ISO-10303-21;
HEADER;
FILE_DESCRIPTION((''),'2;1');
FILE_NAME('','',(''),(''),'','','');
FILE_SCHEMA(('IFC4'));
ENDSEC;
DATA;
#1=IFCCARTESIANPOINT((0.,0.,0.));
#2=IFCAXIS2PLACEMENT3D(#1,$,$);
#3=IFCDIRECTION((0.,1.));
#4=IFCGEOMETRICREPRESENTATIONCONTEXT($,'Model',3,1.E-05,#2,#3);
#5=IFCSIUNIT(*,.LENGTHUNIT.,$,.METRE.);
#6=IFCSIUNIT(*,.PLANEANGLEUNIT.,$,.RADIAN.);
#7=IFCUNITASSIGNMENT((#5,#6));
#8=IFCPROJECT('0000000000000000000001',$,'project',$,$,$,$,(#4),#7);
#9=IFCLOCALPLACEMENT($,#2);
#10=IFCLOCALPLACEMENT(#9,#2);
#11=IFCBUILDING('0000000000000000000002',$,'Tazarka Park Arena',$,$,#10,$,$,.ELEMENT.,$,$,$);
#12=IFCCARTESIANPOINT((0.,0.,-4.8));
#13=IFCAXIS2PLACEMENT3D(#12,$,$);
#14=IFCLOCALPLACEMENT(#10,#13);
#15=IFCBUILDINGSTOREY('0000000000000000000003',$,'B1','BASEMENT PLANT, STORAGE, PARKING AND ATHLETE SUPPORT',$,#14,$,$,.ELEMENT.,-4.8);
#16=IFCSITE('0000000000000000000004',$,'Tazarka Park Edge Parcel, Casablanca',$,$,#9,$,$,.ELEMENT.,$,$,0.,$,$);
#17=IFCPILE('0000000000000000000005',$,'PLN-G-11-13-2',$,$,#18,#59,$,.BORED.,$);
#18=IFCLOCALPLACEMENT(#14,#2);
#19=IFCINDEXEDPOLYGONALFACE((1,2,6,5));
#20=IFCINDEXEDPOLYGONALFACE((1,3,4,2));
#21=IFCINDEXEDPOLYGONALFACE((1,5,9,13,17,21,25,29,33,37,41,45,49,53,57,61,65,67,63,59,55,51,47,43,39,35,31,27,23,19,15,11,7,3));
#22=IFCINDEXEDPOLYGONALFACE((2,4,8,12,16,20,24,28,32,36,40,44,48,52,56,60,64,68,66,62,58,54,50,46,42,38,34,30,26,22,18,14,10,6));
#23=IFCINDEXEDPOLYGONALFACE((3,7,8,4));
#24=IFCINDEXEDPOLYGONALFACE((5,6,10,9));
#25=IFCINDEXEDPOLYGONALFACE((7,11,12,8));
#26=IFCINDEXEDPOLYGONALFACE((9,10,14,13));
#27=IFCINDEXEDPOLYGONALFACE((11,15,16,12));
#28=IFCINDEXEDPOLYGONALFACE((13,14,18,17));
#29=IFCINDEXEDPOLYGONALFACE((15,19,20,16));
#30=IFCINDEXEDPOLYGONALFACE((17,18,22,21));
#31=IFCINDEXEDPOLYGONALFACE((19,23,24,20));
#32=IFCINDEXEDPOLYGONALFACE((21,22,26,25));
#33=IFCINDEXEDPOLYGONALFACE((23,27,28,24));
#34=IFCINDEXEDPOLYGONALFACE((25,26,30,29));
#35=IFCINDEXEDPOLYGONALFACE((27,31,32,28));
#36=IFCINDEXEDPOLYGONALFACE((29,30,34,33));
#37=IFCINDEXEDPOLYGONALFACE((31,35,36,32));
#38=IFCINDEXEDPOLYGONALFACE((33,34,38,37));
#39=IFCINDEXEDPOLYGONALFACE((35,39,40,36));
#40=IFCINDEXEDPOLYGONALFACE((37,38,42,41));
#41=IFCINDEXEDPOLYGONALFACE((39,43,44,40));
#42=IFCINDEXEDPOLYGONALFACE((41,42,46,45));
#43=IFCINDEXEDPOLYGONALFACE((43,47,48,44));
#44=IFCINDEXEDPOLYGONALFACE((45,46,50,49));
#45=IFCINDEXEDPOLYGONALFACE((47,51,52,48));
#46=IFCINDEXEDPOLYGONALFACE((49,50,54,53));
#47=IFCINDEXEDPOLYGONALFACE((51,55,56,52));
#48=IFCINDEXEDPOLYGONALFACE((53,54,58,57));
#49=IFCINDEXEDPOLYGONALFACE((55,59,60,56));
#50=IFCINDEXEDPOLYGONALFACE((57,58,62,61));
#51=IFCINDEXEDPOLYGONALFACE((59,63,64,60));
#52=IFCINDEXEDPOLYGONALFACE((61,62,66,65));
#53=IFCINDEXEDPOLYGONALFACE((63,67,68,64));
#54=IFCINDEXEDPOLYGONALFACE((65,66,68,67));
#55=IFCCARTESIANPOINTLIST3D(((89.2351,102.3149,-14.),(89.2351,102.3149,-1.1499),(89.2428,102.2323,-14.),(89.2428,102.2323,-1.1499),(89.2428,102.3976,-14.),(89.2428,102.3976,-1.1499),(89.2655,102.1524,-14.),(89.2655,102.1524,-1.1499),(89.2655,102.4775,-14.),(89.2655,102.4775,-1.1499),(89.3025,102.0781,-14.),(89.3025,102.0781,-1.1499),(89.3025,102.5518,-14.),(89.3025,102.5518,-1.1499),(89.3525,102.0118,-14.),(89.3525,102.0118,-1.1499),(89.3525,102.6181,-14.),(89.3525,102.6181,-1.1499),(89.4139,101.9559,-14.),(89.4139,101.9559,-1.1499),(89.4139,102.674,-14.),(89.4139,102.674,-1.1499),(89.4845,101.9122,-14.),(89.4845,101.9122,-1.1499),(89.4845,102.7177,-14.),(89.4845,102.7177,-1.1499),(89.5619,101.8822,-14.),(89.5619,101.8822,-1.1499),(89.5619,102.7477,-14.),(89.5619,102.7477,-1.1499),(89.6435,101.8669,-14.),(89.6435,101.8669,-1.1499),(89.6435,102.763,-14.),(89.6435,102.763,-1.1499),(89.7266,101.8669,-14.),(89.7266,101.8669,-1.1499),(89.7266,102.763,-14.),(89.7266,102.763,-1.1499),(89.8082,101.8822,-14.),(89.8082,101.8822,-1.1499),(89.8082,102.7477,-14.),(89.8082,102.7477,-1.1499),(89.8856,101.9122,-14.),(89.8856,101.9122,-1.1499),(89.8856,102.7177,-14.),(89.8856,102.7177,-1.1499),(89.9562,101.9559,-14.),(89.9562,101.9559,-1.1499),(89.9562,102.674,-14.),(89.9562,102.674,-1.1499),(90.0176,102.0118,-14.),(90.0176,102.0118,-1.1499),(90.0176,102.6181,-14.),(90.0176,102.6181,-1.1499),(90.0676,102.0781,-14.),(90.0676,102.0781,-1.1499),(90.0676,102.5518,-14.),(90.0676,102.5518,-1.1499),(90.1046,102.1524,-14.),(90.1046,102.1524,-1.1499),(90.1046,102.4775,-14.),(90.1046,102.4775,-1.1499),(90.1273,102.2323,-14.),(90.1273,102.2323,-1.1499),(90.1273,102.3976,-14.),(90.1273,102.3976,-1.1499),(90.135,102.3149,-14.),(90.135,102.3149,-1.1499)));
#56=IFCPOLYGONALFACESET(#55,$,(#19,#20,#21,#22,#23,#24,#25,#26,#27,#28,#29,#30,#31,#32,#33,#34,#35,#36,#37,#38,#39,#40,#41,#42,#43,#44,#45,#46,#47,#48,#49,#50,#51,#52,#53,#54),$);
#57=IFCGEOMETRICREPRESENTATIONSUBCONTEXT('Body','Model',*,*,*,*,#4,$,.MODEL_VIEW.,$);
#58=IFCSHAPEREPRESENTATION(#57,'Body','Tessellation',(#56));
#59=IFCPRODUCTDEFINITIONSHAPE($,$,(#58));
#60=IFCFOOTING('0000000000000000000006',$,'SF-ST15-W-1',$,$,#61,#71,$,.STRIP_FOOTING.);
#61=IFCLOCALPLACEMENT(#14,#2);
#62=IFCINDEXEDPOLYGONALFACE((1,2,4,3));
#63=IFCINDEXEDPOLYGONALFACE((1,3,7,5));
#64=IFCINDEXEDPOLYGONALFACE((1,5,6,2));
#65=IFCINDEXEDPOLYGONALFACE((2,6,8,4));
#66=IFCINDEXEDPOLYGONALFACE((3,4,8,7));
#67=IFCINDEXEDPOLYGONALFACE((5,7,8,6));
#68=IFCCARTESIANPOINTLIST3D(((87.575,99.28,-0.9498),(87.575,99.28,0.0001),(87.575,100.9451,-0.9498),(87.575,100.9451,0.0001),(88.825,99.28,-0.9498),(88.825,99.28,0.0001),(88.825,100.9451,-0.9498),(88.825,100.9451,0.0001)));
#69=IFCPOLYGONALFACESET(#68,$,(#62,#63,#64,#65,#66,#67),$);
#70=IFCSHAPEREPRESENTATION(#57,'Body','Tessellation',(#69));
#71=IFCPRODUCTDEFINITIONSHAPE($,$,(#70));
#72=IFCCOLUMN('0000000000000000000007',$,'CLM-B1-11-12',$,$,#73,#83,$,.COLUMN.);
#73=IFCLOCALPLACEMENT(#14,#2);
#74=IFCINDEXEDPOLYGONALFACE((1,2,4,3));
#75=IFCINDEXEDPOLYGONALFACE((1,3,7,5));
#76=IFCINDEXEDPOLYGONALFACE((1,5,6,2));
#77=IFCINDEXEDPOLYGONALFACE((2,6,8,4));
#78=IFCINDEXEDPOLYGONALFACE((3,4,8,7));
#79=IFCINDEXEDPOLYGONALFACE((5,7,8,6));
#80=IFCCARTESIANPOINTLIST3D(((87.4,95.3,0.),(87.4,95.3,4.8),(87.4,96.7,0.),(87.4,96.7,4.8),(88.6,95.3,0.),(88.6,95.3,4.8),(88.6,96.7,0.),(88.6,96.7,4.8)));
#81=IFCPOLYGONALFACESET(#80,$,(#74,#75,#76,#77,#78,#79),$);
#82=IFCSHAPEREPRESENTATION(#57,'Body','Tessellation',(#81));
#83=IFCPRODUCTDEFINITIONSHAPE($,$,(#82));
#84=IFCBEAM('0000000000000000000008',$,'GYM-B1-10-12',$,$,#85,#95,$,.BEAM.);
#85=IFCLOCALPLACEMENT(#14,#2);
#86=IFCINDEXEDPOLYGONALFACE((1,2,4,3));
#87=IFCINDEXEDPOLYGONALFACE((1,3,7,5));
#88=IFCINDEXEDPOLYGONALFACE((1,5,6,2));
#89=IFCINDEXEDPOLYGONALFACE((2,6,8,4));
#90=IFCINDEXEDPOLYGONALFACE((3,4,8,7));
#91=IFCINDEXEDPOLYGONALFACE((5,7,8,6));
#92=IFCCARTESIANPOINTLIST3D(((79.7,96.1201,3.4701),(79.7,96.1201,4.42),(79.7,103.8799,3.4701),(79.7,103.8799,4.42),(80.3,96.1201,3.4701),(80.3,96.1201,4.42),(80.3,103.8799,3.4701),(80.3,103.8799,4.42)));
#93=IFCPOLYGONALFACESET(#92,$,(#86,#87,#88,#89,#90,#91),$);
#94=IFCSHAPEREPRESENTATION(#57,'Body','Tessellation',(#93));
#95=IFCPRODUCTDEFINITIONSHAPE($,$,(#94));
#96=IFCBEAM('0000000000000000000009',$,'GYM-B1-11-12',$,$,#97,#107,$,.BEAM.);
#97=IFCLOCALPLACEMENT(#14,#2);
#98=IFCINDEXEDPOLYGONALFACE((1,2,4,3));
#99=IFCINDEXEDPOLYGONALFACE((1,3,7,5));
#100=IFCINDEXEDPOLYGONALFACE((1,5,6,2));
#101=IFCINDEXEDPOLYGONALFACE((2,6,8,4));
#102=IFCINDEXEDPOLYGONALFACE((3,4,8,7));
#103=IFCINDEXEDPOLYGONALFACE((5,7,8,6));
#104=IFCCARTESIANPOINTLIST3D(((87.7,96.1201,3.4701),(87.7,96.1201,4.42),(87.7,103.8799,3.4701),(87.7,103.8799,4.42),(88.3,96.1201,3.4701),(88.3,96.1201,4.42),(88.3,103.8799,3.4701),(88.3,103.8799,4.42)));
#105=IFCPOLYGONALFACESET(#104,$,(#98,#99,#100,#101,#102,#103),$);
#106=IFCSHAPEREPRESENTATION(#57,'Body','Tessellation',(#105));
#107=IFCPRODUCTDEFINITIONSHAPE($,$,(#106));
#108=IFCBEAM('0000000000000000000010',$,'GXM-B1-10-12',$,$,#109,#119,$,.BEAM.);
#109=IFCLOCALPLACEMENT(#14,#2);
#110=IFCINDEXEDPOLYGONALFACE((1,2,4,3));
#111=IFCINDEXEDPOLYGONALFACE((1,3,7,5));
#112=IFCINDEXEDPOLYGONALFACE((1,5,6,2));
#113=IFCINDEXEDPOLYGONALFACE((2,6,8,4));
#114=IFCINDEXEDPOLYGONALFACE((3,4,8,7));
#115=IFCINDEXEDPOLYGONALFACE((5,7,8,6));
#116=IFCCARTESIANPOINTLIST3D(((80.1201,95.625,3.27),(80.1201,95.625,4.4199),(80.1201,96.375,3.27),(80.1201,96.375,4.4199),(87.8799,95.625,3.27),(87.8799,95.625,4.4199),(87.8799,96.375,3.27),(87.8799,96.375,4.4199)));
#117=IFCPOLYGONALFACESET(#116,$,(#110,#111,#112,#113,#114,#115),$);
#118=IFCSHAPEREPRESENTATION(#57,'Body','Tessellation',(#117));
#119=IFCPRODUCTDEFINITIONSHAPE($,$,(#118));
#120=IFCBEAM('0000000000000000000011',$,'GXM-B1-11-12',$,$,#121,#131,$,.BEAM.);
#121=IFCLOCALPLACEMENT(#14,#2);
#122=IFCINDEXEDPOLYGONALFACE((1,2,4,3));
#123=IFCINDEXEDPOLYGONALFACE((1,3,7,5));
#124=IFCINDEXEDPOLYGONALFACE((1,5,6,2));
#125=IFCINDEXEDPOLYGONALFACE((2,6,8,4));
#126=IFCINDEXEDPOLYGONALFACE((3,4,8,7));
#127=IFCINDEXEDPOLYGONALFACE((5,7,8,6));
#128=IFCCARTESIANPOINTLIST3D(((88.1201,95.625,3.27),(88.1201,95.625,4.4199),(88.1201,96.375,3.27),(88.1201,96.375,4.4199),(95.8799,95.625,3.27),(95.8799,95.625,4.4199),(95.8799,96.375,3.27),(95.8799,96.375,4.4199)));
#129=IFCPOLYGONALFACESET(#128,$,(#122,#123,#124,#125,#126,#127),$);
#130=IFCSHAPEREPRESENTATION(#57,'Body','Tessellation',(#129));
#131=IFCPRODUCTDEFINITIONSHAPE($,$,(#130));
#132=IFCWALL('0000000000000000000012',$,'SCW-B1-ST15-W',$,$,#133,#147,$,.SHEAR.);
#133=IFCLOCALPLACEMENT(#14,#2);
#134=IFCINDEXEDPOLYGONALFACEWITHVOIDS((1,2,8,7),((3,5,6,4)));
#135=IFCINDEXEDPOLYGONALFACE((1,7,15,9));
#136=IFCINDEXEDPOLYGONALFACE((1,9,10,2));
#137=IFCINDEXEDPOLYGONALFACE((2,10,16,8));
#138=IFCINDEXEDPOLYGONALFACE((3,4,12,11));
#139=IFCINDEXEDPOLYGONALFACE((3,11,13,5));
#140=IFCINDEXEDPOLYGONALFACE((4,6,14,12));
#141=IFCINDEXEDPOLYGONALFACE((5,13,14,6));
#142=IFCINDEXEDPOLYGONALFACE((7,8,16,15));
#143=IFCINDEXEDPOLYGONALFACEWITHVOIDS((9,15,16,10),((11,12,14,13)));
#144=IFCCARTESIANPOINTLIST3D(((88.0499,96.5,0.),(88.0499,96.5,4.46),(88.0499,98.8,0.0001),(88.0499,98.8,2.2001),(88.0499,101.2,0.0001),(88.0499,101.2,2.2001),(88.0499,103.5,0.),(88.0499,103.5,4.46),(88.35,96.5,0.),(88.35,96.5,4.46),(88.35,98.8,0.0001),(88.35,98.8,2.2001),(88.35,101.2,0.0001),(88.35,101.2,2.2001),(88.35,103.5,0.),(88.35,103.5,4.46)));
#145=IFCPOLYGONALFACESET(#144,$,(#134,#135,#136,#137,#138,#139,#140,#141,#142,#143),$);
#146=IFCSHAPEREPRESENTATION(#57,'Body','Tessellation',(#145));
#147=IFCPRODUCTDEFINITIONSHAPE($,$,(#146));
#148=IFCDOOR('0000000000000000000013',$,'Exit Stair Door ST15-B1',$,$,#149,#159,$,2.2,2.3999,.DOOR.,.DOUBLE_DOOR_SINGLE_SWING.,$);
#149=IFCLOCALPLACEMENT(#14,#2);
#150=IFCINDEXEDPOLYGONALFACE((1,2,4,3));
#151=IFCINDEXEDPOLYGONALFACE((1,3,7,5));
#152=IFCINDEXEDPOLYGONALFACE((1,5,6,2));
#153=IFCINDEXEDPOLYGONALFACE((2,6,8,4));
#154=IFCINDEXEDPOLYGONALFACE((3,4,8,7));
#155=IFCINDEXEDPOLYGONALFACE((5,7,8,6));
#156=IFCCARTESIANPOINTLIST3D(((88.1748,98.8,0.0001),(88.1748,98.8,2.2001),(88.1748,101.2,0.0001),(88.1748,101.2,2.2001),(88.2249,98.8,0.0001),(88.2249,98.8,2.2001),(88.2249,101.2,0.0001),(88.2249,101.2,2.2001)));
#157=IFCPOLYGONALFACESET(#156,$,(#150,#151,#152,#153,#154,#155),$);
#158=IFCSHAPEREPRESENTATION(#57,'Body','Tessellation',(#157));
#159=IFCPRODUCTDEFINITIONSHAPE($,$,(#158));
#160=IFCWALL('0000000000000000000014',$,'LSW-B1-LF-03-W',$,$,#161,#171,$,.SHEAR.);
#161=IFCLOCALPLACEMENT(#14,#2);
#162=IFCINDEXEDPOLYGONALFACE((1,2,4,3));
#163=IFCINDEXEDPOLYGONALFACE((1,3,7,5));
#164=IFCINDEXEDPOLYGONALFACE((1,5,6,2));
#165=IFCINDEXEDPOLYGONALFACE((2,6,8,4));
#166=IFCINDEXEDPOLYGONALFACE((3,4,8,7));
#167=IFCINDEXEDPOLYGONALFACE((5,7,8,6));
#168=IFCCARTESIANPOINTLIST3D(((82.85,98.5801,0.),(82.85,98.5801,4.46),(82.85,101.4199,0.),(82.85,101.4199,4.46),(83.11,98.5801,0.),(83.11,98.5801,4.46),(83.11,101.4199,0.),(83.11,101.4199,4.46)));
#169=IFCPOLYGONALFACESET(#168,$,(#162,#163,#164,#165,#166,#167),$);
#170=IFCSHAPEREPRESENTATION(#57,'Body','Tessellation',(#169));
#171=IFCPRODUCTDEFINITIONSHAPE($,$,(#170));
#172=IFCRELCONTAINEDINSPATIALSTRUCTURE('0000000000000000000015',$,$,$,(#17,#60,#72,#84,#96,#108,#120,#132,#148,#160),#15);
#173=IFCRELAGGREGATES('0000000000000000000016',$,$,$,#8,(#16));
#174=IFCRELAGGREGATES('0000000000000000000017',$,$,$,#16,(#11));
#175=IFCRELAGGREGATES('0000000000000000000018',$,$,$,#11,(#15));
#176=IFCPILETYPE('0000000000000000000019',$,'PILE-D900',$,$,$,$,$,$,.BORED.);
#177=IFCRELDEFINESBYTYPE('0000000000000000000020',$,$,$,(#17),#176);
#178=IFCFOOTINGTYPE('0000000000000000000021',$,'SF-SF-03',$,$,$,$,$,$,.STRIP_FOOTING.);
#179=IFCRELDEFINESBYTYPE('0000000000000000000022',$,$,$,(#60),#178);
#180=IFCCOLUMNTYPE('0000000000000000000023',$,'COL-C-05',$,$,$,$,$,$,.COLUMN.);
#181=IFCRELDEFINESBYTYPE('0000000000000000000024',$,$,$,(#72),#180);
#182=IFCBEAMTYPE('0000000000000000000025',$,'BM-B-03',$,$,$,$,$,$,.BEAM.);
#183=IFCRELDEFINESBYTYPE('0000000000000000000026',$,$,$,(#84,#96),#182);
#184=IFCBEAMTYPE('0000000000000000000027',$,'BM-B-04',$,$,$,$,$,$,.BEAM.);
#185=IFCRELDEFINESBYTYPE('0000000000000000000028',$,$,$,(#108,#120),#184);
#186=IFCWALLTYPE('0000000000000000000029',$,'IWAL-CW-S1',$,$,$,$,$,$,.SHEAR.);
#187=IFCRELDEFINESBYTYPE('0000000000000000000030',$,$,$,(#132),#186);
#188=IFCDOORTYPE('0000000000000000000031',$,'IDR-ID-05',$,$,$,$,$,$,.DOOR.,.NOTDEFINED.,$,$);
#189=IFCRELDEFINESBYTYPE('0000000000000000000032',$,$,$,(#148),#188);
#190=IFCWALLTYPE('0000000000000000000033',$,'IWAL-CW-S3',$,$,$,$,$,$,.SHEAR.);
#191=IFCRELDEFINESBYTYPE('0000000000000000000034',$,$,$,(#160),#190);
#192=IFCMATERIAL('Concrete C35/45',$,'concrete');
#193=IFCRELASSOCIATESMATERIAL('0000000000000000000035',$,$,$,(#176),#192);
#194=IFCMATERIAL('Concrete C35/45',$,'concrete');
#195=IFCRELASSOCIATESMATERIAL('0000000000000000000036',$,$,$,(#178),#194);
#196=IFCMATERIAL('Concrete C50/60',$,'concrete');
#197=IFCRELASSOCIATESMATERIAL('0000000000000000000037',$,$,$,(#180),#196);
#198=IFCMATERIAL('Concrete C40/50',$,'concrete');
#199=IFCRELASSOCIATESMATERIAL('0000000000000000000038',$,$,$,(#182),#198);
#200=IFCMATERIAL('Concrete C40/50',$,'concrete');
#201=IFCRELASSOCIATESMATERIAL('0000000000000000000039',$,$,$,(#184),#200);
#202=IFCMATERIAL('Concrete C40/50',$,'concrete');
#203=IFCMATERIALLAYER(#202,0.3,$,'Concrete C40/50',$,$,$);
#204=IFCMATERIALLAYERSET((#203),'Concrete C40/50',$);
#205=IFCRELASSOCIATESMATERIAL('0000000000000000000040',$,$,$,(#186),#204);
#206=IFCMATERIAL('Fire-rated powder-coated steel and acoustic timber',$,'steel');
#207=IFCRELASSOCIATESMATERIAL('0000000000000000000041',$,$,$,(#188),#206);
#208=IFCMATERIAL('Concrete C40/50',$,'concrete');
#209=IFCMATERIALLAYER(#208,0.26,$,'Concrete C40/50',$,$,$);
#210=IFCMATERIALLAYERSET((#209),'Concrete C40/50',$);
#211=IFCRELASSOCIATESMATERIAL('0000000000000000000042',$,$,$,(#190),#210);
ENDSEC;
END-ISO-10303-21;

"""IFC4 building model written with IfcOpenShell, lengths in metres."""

from ifc_helpers import new_model, si_unit, direction, frame, frame_2d, origin, origin_2d, place, context, subcontext, project, spatial, rectangle, circle, extrude, material, layer, layer_set, material_profile, profile_set, type_object, element, fill, save


model = new_model("IFC4")

# Units and contexts
model_context = context("Model", 3, precision=1e-05, world=origin(), true_north=direction((0.0, 1.0)))
body_context = subcontext(model_context, "Body", "Model", "MODEL_VIEW")
ifc_project = project(units=[si_unit("LENGTHUNIT", "METRE"), si_unit("PLANEANGLEUNIT", "RADIAN")], contexts=[model_context])

# Site, building, storey
site_placement = place(None, origin())
site = spatial("IfcSite", under=ifc_project, at=site_placement, Name="Tazarka Park Edge Parcel, Casablanca", CompositionType="ELEMENT", RefElevation=0.0)
building_placement = place(site_placement, origin())
building = spatial("IfcBuilding", under=site, at=building_placement, Name="Tazarka Park Arena", CompositionType="ELEMENT")
storey_placement = place(building_placement, frame((0.0, 0.0, -4.8)))
storey = spatial("IfcBuildingStorey", under=building, at=storey_placement, Name="B1", Description="BASEMENT PLANT, STORAGE, PARKING AND ATHLETE SUPPORT", CompositionType="ELEMENT", Elevation=-4.8)

# Pile
ifc_material_1 = material(Name="Concrete C35/45", Category="concrete")
ifc_material_profile_1 = material_profile(ifc_material_1, circle(Radius=0.45, at=origin_2d()), Name="Concrete C35/45")
ifc_profile_set_1 = profile_set([ifc_material_profile_1], Name="Concrete C35/45")
pile_type_1 = type_object("IfcPileType", Name="PILE-D900", PredefinedType="BORED", material=ifc_profile_set_1)
for number, where, z_axis, x_axis, name in (
    (1, (89.6851, 102.3149, -1.1499), (0.0, 0.0, -1.0), (1.0, 0.0, 0.0), "PLN-G-11-13-2"),
):
    element("IfcPile", number, at=place(storey_placement, frame(where, z_axis=z_axis, x_axis=x_axis)), inside=storey, type_object=pile_type_1, Name=name, PredefinedType="BORED", context=body_context, shape_type="SweptSolid", body=[
        extrude(circle(Radius=0.45, at=origin_2d()), origin(), (0.0, 0.0, 1.0), 12.8501),
    ])

# Footing
ifc_material_2 = material(Name="Concrete C35/45", Category="concrete")
ifc_material_profile_2 = material_profile(ifc_material_2, rectangle(XDim=1.25, YDim=0.95, at=origin_2d()), Name="Concrete C35/45")
ifc_profile_set_2 = profile_set([ifc_material_profile_2], Name="Concrete C35/45")
footing_type_1 = type_object("IfcFootingType", Name="SF-SF-03", PredefinedType="STRIP_FOOTING", material=ifc_profile_set_2)
footing_1_placement = place(storey_placement, frame((88.2, 99.28, -0.4749), z_axis=(0.0, 1.0, 0.0), x_axis=(-1.0, 0.0, 0.0)))
element("IfcFooting", 2, at=footing_1_placement, inside=storey, type_object=footing_type_1, Name="SF-ST15-W-1", PredefinedType="STRIP_FOOTING", context=body_context, shape_type="SweptSolid", body=[
    extrude(rectangle(XDim=1.25, YDim=0.95, at=origin_2d()), origin(), (0.0, 0.0, 1.0), 1.665),
])

# Column
ifc_material_3 = material(Name="Concrete C50/60", Category="concrete")
ifc_material_profile_3 = material_profile(ifc_material_3, rectangle(XDim=1.2, YDim=1.3999, at=origin_2d()), Name="Concrete C50/60")
ifc_profile_set_3 = profile_set([ifc_material_profile_3], Name="Concrete C50/60")
column_type = type_object("IfcColumnType", Name="COL-C-05", PredefinedType="COLUMN", material=ifc_profile_set_3)
column_placement = place(storey_placement, frame((88.0, 96.0, 0.0), z_axis=(0.0, 0.0, 1.0), x_axis=(1.0, 0.0, 0.0)))
element("IfcColumn", 3, at=column_placement, inside=storey, type_object=column_type, Name="CLM-B1-11-12", PredefinedType="COLUMN", context=body_context, shape_type="SweptSolid", body=[
    extrude(rectangle(XDim=1.2, YDim=1.3999, at=origin_2d()), origin(), (0.0, 0.0, 1.0), 4.8),
])

# Beams
ifc_material_4 = material(Name="Concrete C40/50", Category="concrete")
ifc_material_profile_4 = material_profile(ifc_material_4, rectangle(XDim=0.6001, YDim=0.95, at=origin_2d()), Name="Concrete C40/50")
ifc_profile_set_4 = profile_set([ifc_material_profile_4], Name="Concrete C40/50")
beam_type_1 = type_object("IfcBeamType", Name="BM-B-03", PredefinedType="BEAM", material=ifc_profile_set_4)
for number, where, z_axis, x_axis, name in (
    (4, (80.0, 96.1201, 3.9451), (0.0, 1.0, 0.0), (-1.0, 0.0, 0.0), "GYM-B1-10-12"),
    (5, (88.0, 96.1201, 3.9451), (0.0, 1.0, 0.0), (-1.0, 0.0, 0.0), "GYM-B1-11-12"),
):
    element("IfcBeam", number, at=place(storey_placement, frame(where, z_axis=z_axis, x_axis=x_axis)), inside=storey, type_object=beam_type_1, Name=name, PredefinedType="BEAM", context=body_context, shape_type="SweptSolid", body=[
        extrude(rectangle(XDim=0.6001, YDim=0.95, at=origin_2d()), origin(), (0.0, 0.0, 1.0), 7.7598),
    ])
ifc_material_5 = material(Name="Concrete C40/50", Category="concrete")
ifc_material_profile_5 = material_profile(ifc_material_5, rectangle(XDim=0.75, YDim=1.1499, at=origin_2d()), Name="Concrete C40/50")
ifc_profile_set_5 = profile_set([ifc_material_profile_5], Name="Concrete C40/50")
beam_type_2 = type_object("IfcBeamType", Name="BM-B-04", PredefinedType="BEAM", material=ifc_profile_set_5)
for number, where, z_axis, x_axis, name in (
    (6, (80.1201, 96.0, 3.845), (1.0, 0.0, 0.0), (0.0, 1.0, 0.0), "GXM-B1-10-12"),
    (7, (88.1201, 96.0, 3.845), (1.0, 0.0, 0.0), (0.0, 1.0, 0.0), "GXM-B1-11-12"),
):
    element("IfcBeam", number, at=place(storey_placement, frame(where, z_axis=z_axis, x_axis=x_axis)), inside=storey, type_object=beam_type_2, Name=name, PredefinedType="BEAM", context=body_context, shape_type="SweptSolid", body=[
        extrude(rectangle(XDim=0.75, YDim=1.1499, at=origin_2d()), origin(), (0.0, 0.0, 1.0), 7.7598),
    ])

# Wall, opening, door
ifc_material_6 = material(Name="Concrete C40/50", Category="concrete")
ifc_layer_1 = layer(ifc_material_6, 0.3, Name="Concrete C40/50")
ifc_layer_set_1 = layer_set([ifc_layer_1], Name="Concrete C40/50")
wall_type_1 = type_object("IfcWallType", Name="IWAL-CW-S1", PredefinedType="SHEAR", material=ifc_layer_set_1)
wall_1_placement = place(storey_placement, frame((88.2, 96.5, 0.0), z_axis=(0.0, 0.0, 1.0), x_axis=(0.0, 1.0, 0.0)))
wall_1 = element("IfcWall", 8, at=wall_1_placement, inside=storey, type_object=wall_type_1, Name="SCW-B1-ST15-W", PredefinedType="SHEAR", context=body_context, shape_type="SweptSolid", body=[
    extrude(rectangle(XDim=7.0, YDim=0.3, at=frame_2d((3.5, 0.0))), origin(), (0.0, 0.0, 1.0), 4.46),
])
opening_1_placement = place(wall_1_placement, frame((2.3, 0.0, 0.0)))
opening_1 = element("IfcOpeningElement", 9, at=opening_1_placement, cuts=wall_1, PredefinedType="OPENING", context=body_context, shape_type="SweptSolid", body=[
    extrude(rectangle(XDim=2.3999, YDim=2.2, at=frame_2d((1.2, 1.1001))), frame((0.0, 0.1602, 0.0), z_axis=(0.0, -1.0, 0.0), x_axis=(1.0, 0.0, 0.0)), (0.0, 0.0, 1.0), 0.3201),
])
ifc_material_7 = material(Name="Fire-rated powder-coated steel and acoustic timber", Category="steel")
door_type_1 = type_object("IfcDoorType", Name="IDR-ID-05", OperationType="NOTDEFINED", PredefinedType="DOOR", material=ifc_material_7)
door_1_placement = place(opening_1_placement, frame((2.3999, 0.0, 0.0), z_axis=(0.0, 0.0, 1.0), x_axis=(-1.0, 0.0, 0.0)))
door_1 = element("IfcDoor", 10, at=door_1_placement, inside=storey, type_object=door_type_1, Name="Exit Stair Door ST15-B1", OperationType="DOUBLE_DOOR_SINGLE_SWING", OverallHeight=2.2, OverallWidth=2.3999, PredefinedType="DOOR", context=body_context, shape_type="SweptSolid", body=[
    extrude(rectangle(XDim=2.3999, YDim=2.2, at=frame_2d((1.2, 1.1001))), frame((0.0, 0.0249, 0.0), z_axis=(0.0, -1.0, 0.0), x_axis=(1.0, 0.0, 0.0)), (0.0, 0.0, 1.0), 0.05),
])
fill(opening_1, door_1)

# Wall
ifc_material_8 = material(Name="Concrete C40/50", Category="concrete")
ifc_layer_2 = layer(ifc_material_8, 0.26, Name="Concrete C40/50")
ifc_layer_set_2 = layer_set([ifc_layer_2], Name="Concrete C40/50")
wall_type_2 = type_object("IfcWallType", Name="IWAL-CW-S3", PredefinedType="SHEAR", material=ifc_layer_set_2)
wall_2_placement = place(storey_placement, frame((82.98, 98.5801, 0.0), z_axis=(0.0, 0.0, 1.0), x_axis=(0.0, 1.0, 0.0)))
element("IfcWall", 11, at=wall_2_placement, inside=storey, type_object=wall_type_2, Name="LSW-B1-LF-03-W", PredefinedType="SHEAR", context=body_context, shape_type="SweptSolid", body=[
    extrude(rectangle(XDim=2.8398, YDim=0.26, at=frame_2d((1.4199, 0.0))), origin(), (0.0, 0.0, 1.0), 4.46),
])

save(model, "model.ifc")
